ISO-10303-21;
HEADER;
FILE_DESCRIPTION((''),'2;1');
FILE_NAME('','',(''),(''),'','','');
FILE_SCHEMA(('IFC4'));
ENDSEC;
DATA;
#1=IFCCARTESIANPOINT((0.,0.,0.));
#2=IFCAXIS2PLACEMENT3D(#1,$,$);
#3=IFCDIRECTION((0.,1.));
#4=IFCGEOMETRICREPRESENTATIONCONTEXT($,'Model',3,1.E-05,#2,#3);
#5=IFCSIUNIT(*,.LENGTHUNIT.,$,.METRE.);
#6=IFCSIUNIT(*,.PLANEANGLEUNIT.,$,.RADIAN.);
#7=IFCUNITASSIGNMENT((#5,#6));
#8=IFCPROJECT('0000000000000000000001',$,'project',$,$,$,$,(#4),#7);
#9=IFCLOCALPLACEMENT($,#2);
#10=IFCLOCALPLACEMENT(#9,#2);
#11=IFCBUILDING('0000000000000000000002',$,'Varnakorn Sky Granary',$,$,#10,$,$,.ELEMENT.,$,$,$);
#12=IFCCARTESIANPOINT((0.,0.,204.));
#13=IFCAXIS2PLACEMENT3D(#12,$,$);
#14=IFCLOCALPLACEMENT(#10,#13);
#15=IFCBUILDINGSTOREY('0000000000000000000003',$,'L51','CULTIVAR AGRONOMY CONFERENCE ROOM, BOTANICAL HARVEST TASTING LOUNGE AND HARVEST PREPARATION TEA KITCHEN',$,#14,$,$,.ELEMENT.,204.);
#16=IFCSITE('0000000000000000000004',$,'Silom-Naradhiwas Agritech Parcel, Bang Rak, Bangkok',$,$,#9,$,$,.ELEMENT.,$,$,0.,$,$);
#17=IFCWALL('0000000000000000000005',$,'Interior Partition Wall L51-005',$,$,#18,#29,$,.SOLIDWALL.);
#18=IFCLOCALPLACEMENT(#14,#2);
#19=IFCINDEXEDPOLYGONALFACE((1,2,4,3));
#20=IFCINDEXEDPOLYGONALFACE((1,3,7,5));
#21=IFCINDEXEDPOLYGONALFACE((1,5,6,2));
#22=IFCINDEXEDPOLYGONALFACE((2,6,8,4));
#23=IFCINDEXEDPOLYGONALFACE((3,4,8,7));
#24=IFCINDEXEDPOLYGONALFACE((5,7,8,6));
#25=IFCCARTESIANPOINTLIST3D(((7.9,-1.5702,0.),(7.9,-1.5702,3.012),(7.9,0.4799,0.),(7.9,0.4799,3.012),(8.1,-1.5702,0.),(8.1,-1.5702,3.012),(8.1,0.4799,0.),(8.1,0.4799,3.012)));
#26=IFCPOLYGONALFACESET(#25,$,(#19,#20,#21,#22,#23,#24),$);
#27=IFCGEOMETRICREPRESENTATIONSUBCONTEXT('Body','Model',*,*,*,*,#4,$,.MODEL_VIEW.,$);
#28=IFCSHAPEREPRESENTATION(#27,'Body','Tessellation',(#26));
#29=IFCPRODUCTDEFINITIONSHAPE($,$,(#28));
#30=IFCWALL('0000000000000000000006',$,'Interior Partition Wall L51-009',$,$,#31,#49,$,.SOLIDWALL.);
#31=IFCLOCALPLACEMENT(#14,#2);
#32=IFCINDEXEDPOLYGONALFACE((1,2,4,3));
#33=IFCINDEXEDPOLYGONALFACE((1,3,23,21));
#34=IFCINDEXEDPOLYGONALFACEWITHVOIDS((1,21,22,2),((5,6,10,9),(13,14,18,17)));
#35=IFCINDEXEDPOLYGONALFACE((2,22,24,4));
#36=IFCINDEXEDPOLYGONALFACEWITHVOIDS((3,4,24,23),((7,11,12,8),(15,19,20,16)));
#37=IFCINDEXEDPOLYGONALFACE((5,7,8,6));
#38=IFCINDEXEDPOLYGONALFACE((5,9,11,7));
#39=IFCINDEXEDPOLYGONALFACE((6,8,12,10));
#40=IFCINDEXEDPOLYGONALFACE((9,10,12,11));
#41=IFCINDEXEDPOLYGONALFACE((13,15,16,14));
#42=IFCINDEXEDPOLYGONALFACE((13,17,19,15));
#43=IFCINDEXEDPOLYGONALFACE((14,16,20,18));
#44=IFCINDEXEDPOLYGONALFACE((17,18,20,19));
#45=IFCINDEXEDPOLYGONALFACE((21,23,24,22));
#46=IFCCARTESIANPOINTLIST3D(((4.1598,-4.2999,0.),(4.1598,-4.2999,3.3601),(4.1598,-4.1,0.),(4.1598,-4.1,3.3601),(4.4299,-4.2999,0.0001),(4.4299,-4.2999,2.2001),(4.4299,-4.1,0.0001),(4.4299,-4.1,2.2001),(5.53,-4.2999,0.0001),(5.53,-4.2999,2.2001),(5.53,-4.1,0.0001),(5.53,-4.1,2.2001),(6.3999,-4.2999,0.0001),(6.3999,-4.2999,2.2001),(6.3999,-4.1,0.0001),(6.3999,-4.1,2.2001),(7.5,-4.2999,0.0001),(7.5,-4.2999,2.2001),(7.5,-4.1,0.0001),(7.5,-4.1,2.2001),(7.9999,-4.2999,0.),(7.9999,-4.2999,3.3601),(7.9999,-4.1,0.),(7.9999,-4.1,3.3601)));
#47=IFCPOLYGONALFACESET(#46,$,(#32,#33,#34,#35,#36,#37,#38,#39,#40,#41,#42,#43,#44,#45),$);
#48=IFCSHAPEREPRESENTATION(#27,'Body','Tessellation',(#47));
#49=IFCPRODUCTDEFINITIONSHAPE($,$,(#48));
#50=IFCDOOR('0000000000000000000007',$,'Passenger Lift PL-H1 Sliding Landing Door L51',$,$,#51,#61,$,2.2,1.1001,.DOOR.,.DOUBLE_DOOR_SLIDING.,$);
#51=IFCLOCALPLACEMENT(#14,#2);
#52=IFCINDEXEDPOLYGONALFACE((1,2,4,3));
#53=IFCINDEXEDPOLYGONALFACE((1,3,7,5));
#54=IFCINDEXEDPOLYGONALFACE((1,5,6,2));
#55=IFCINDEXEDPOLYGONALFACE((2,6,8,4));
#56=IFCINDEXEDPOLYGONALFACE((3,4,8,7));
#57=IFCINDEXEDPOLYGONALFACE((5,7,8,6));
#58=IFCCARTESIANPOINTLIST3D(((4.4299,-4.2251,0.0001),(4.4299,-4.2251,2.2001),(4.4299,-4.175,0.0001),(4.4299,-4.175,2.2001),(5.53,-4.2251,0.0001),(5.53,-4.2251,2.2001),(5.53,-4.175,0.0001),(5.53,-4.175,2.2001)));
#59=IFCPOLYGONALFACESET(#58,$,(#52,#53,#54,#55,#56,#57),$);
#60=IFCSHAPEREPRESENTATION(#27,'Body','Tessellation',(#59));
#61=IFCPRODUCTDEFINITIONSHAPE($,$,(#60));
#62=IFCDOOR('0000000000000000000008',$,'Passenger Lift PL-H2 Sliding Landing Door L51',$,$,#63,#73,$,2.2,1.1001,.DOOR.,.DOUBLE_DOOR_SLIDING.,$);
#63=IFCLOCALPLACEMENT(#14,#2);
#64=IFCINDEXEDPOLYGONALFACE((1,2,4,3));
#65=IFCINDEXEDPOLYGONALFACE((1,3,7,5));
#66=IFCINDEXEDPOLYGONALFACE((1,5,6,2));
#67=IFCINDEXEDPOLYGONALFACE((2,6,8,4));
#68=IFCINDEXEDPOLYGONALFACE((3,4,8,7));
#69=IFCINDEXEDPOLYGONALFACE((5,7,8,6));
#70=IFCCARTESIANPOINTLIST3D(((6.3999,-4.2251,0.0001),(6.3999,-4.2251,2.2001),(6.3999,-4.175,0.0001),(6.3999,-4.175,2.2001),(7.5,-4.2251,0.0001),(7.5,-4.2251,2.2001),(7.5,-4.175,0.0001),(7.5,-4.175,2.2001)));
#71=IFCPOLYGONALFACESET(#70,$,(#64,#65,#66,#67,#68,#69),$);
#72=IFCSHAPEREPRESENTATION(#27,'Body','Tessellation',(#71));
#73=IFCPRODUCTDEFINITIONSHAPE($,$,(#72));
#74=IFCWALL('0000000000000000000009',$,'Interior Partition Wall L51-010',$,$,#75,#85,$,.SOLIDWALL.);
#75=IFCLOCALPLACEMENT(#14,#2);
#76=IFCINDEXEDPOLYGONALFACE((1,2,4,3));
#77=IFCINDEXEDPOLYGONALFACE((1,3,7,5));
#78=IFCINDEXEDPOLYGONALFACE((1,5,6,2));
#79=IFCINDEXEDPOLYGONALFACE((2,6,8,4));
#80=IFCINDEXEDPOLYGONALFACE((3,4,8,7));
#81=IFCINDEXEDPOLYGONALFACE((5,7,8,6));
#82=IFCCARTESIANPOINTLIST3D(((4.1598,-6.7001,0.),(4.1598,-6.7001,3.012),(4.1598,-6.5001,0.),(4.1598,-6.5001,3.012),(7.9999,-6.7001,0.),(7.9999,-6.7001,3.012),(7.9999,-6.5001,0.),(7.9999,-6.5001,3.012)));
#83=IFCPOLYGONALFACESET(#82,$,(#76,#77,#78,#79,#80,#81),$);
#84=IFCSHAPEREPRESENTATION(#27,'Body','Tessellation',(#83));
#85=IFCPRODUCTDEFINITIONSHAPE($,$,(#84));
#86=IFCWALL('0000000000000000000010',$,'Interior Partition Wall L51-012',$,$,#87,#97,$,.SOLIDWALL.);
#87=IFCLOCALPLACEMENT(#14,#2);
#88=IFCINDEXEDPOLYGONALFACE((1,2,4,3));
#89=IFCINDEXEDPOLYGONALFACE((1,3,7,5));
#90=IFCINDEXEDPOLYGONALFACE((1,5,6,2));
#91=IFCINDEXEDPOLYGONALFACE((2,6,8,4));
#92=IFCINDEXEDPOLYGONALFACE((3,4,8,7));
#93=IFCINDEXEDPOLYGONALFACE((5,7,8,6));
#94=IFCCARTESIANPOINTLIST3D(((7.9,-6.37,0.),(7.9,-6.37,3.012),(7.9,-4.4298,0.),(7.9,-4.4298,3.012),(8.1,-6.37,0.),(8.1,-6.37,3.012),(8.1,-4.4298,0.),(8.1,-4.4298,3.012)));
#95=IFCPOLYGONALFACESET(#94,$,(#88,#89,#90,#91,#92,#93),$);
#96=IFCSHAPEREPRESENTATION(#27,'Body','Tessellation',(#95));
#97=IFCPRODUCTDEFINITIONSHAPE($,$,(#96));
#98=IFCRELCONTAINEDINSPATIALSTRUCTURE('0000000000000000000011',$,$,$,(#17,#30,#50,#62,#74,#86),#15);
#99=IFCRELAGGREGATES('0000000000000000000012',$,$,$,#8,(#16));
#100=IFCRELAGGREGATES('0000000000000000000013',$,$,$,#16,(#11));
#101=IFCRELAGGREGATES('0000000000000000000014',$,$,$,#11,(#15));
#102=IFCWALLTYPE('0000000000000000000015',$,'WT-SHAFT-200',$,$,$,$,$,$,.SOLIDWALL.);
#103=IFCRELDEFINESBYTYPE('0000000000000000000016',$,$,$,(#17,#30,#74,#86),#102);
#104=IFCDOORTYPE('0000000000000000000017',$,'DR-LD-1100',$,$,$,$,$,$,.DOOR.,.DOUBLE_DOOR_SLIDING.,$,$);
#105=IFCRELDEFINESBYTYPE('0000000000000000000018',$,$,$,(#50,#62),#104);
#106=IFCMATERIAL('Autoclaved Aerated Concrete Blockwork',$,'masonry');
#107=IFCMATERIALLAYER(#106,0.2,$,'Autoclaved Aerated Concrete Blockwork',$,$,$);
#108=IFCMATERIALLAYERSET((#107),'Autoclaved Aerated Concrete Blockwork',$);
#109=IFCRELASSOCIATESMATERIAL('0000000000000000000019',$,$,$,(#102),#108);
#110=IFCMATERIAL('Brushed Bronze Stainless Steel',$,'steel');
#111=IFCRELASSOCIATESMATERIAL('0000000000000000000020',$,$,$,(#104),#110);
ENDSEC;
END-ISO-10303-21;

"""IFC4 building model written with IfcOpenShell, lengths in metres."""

from ifc_helpers import new_model, si_unit, direction, frame, frame_2d, origin, place, context, subcontext, project, spatial, rectangle, extrude, material, layer, layer_set, type_object, element, fill, save


model = new_model("IFC4")

# Units and contexts
model_context = context("Model", 3, precision=1e-05, world=origin(), true_north=direction((0.0, 1.0)))
body_context = subcontext(model_context, "Body", "Model", "MODEL_VIEW")
ifc_project = project(units=[si_unit("LENGTHUNIT", "METRE"), si_unit("PLANEANGLEUNIT", "RADIAN")], contexts=[model_context])

# Site, building, storey
site_placement = place(None, origin())
site = spatial("IfcSite", under=ifc_project, at=site_placement, Name="Silom-Naradhiwas Agritech Parcel, Bang Rak, Bangkok", CompositionType="ELEMENT", RefElevation=0.0)
building_placement = place(site_placement, origin())
building = spatial("IfcBuilding", under=site, at=building_placement, Name="Varnakorn Sky Granary", CompositionType="ELEMENT")
storey_placement = place(building_placement, frame((0.0, 0.0, 204.0)))
storey = spatial("IfcBuildingStorey", under=building, at=storey_placement, Name="L51", Description="CULTIVAR AGRONOMY CONFERENCE ROOM, BOTANICAL HARVEST TASTING LOUNGE AND HARVEST PREPARATION TEA KITCHEN", CompositionType="ELEMENT", Elevation=204.0)

# Shared definitions
ifc_material_1 = material(Name="Autoclaved Aerated Concrete Blockwork", Category="masonry")

# Wall
ifc_layer_1 = layer(ifc_material_1, 0.2, Name="Autoclaved Aerated Concrete Blockwork")
ifc_layer_set_1 = layer_set([ifc_layer_1], Name="Autoclaved Aerated Concrete Blockwork")
wall_type_1 = type_object("IfcWallType", Name="WT-SHAFT-200", PredefinedType="SOLIDWALL", material=ifc_layer_set_1)
wall_1_placement = place(storey_placement, frame((8.0, -1.5701, 0.0), z_axis=(0.0, 0.0, 1.0), x_axis=(0.0, 1.0, 0.0)))
element("IfcWall", 1, at=wall_1_placement, inside=storey, type_object=wall_type_1, Name="Interior Partition Wall L51-005", PredefinedType="SOLIDWALL", context=body_context, shape_type="SweptSolid", body=[
    extrude(rectangle(XDim=2.05, YDim=0.2, at=frame_2d((1.0249, 0.0))), origin(), (0.0, 0.0, 1.0), 3.012),
])

# Wall, openings, doors
wall_2_placement = place(storey_placement, frame((4.1599, -4.2, 0.0), z_axis=(0.0, 0.0, 1.0), x_axis=(1.0, 0.0, 0.0)))
wall_2 = element("IfcWall", 2, at=wall_2_placement, inside=storey, type_object=wall_type_1, Name="Interior Partition Wall L51-009", PredefinedType="SOLIDWALL", context=body_context, shape_type="SweptSolid", body=[
    extrude(rectangle(XDim=3.8401, YDim=0.2, at=frame_2d((1.9199, 0.0))), origin(), (0.0, 0.0, 1.0), 3.3601),
])
opening_1_placement = place(wall_2_placement, frame((0.27, 0.0, 0.0)))
opening_1 = element("IfcOpeningElement", 3, at=opening_1_placement, cuts=wall_2, PredefinedType="OPENING", context=body_context, shape_type="SweptSolid", body=[
    extrude(rectangle(XDim=1.1001, YDim=2.2, at=frame_2d((0.55, 1.1001))), frame((0.0, 0.1099, 0.0), z_axis=(0.0, -1.0, 0.0), x_axis=(1.0, 0.0, 0.0)), (0.0, 0.0, 1.0), 0.22),
])
opening_2_placement = place(wall_2_placement, frame((2.24, 0.0, 0.0)))
opening_2 = element("IfcOpeningElement", 4, at=opening_2_placement, cuts=wall_2, PredefinedType="OPENING", context=body_context, shape_type="SweptSolid", body=[
    extrude(rectangle(XDim=1.1001, YDim=2.2, at=frame_2d((0.55, 1.1001))), frame((0.0, 0.1099, 0.0), z_axis=(0.0, -1.0, 0.0), x_axis=(1.0, 0.0, 0.0)), (0.0, 0.0, 1.0), 0.22),
])
ifc_material_2 = material(Name="Brushed Bronze Stainless Steel", Category="steel")
door_type_1 = type_object("IfcDoorType", Name="DR-LD-1100", OperationType="DOUBLE_DOOR_SLIDING", PredefinedType="DOOR", material=ifc_material_2)
door_1_placement = place(opening_1_placement, origin())
door_1 = element("IfcDoor", 5, at=door_1_placement, inside=storey, type_object=door_type_1, Name="Passenger Lift PL-H1 Sliding Landing Door L51", OperationType="DOUBLE_DOOR_SLIDING", OverallHeight=2.2, OverallWidth=1.1001, PredefinedType="DOOR", context=body_context, shape_type="SweptSolid", body=[
    extrude(rectangle(XDim=1.1001, YDim=2.2, at=frame_2d((0.55, 1.1001))), frame((0.0, 0.0249, 0.0), z_axis=(0.0, -1.0, 0.0), x_axis=(1.0, 0.0, 0.0)), (0.0, 0.0, 1.0), 0.05),
])
fill(opening_1, door_1)
door_2_placement = place(opening_2_placement, origin())
door_2 = element("IfcDoor", 6, at=door_2_placement, inside=storey, type_object=door_type_1, Name="Passenger Lift PL-H2 Sliding Landing Door L51", OperationType="DOUBLE_DOOR_SLIDING", OverallHeight=2.2, OverallWidth=1.1001, PredefinedType="DOOR", context=body_context, shape_type="SweptSolid", body=[
    extrude(rectangle(XDim=1.1001, YDim=2.2, at=frame_2d((0.55, 1.1001))), frame((0.0, 0.0249, 0.0), z_axis=(0.0, -1.0, 0.0), x_axis=(1.0, 0.0, 0.0)), (0.0, 0.0, 1.0), 0.05),
])
fill(opening_2, door_2)

# Walls
wall_3_placement = place(storey_placement, frame((4.1599, -6.6001, 0.0), z_axis=(0.0, 0.0, 1.0), x_axis=(1.0, 0.0, 0.0)))
element("IfcWall", 7, at=wall_3_placement, inside=storey, type_object=wall_type_1, Name="Interior Partition Wall L51-010", PredefinedType="SOLIDWALL", context=body_context, shape_type="SweptSolid", body=[
    extrude(rectangle(XDim=3.8401, YDim=0.2, at=frame_2d((1.9199, 0.0))), origin(), (0.0, 0.0, 1.0), 3.012),
])
wall_4_placement = place(storey_placement, frame((8.0, -6.3701, 0.0), z_axis=(0.0, 0.0, 1.0), x_axis=(0.0, 1.0, 0.0)))
element("IfcWall", 8, at=wall_4_placement, inside=storey, type_object=wall_type_1, Name="Interior Partition Wall L51-012", PredefinedType="SOLIDWALL", context=body_context, shape_type="SweptSolid", body=[
    extrude(rectangle(XDim=1.9402, YDim=0.2, at=frame_2d((0.9702, 0.0))), origin(), (0.0, 0.0, 1.0), 3.012),
])

save(model, "model.ifc")
